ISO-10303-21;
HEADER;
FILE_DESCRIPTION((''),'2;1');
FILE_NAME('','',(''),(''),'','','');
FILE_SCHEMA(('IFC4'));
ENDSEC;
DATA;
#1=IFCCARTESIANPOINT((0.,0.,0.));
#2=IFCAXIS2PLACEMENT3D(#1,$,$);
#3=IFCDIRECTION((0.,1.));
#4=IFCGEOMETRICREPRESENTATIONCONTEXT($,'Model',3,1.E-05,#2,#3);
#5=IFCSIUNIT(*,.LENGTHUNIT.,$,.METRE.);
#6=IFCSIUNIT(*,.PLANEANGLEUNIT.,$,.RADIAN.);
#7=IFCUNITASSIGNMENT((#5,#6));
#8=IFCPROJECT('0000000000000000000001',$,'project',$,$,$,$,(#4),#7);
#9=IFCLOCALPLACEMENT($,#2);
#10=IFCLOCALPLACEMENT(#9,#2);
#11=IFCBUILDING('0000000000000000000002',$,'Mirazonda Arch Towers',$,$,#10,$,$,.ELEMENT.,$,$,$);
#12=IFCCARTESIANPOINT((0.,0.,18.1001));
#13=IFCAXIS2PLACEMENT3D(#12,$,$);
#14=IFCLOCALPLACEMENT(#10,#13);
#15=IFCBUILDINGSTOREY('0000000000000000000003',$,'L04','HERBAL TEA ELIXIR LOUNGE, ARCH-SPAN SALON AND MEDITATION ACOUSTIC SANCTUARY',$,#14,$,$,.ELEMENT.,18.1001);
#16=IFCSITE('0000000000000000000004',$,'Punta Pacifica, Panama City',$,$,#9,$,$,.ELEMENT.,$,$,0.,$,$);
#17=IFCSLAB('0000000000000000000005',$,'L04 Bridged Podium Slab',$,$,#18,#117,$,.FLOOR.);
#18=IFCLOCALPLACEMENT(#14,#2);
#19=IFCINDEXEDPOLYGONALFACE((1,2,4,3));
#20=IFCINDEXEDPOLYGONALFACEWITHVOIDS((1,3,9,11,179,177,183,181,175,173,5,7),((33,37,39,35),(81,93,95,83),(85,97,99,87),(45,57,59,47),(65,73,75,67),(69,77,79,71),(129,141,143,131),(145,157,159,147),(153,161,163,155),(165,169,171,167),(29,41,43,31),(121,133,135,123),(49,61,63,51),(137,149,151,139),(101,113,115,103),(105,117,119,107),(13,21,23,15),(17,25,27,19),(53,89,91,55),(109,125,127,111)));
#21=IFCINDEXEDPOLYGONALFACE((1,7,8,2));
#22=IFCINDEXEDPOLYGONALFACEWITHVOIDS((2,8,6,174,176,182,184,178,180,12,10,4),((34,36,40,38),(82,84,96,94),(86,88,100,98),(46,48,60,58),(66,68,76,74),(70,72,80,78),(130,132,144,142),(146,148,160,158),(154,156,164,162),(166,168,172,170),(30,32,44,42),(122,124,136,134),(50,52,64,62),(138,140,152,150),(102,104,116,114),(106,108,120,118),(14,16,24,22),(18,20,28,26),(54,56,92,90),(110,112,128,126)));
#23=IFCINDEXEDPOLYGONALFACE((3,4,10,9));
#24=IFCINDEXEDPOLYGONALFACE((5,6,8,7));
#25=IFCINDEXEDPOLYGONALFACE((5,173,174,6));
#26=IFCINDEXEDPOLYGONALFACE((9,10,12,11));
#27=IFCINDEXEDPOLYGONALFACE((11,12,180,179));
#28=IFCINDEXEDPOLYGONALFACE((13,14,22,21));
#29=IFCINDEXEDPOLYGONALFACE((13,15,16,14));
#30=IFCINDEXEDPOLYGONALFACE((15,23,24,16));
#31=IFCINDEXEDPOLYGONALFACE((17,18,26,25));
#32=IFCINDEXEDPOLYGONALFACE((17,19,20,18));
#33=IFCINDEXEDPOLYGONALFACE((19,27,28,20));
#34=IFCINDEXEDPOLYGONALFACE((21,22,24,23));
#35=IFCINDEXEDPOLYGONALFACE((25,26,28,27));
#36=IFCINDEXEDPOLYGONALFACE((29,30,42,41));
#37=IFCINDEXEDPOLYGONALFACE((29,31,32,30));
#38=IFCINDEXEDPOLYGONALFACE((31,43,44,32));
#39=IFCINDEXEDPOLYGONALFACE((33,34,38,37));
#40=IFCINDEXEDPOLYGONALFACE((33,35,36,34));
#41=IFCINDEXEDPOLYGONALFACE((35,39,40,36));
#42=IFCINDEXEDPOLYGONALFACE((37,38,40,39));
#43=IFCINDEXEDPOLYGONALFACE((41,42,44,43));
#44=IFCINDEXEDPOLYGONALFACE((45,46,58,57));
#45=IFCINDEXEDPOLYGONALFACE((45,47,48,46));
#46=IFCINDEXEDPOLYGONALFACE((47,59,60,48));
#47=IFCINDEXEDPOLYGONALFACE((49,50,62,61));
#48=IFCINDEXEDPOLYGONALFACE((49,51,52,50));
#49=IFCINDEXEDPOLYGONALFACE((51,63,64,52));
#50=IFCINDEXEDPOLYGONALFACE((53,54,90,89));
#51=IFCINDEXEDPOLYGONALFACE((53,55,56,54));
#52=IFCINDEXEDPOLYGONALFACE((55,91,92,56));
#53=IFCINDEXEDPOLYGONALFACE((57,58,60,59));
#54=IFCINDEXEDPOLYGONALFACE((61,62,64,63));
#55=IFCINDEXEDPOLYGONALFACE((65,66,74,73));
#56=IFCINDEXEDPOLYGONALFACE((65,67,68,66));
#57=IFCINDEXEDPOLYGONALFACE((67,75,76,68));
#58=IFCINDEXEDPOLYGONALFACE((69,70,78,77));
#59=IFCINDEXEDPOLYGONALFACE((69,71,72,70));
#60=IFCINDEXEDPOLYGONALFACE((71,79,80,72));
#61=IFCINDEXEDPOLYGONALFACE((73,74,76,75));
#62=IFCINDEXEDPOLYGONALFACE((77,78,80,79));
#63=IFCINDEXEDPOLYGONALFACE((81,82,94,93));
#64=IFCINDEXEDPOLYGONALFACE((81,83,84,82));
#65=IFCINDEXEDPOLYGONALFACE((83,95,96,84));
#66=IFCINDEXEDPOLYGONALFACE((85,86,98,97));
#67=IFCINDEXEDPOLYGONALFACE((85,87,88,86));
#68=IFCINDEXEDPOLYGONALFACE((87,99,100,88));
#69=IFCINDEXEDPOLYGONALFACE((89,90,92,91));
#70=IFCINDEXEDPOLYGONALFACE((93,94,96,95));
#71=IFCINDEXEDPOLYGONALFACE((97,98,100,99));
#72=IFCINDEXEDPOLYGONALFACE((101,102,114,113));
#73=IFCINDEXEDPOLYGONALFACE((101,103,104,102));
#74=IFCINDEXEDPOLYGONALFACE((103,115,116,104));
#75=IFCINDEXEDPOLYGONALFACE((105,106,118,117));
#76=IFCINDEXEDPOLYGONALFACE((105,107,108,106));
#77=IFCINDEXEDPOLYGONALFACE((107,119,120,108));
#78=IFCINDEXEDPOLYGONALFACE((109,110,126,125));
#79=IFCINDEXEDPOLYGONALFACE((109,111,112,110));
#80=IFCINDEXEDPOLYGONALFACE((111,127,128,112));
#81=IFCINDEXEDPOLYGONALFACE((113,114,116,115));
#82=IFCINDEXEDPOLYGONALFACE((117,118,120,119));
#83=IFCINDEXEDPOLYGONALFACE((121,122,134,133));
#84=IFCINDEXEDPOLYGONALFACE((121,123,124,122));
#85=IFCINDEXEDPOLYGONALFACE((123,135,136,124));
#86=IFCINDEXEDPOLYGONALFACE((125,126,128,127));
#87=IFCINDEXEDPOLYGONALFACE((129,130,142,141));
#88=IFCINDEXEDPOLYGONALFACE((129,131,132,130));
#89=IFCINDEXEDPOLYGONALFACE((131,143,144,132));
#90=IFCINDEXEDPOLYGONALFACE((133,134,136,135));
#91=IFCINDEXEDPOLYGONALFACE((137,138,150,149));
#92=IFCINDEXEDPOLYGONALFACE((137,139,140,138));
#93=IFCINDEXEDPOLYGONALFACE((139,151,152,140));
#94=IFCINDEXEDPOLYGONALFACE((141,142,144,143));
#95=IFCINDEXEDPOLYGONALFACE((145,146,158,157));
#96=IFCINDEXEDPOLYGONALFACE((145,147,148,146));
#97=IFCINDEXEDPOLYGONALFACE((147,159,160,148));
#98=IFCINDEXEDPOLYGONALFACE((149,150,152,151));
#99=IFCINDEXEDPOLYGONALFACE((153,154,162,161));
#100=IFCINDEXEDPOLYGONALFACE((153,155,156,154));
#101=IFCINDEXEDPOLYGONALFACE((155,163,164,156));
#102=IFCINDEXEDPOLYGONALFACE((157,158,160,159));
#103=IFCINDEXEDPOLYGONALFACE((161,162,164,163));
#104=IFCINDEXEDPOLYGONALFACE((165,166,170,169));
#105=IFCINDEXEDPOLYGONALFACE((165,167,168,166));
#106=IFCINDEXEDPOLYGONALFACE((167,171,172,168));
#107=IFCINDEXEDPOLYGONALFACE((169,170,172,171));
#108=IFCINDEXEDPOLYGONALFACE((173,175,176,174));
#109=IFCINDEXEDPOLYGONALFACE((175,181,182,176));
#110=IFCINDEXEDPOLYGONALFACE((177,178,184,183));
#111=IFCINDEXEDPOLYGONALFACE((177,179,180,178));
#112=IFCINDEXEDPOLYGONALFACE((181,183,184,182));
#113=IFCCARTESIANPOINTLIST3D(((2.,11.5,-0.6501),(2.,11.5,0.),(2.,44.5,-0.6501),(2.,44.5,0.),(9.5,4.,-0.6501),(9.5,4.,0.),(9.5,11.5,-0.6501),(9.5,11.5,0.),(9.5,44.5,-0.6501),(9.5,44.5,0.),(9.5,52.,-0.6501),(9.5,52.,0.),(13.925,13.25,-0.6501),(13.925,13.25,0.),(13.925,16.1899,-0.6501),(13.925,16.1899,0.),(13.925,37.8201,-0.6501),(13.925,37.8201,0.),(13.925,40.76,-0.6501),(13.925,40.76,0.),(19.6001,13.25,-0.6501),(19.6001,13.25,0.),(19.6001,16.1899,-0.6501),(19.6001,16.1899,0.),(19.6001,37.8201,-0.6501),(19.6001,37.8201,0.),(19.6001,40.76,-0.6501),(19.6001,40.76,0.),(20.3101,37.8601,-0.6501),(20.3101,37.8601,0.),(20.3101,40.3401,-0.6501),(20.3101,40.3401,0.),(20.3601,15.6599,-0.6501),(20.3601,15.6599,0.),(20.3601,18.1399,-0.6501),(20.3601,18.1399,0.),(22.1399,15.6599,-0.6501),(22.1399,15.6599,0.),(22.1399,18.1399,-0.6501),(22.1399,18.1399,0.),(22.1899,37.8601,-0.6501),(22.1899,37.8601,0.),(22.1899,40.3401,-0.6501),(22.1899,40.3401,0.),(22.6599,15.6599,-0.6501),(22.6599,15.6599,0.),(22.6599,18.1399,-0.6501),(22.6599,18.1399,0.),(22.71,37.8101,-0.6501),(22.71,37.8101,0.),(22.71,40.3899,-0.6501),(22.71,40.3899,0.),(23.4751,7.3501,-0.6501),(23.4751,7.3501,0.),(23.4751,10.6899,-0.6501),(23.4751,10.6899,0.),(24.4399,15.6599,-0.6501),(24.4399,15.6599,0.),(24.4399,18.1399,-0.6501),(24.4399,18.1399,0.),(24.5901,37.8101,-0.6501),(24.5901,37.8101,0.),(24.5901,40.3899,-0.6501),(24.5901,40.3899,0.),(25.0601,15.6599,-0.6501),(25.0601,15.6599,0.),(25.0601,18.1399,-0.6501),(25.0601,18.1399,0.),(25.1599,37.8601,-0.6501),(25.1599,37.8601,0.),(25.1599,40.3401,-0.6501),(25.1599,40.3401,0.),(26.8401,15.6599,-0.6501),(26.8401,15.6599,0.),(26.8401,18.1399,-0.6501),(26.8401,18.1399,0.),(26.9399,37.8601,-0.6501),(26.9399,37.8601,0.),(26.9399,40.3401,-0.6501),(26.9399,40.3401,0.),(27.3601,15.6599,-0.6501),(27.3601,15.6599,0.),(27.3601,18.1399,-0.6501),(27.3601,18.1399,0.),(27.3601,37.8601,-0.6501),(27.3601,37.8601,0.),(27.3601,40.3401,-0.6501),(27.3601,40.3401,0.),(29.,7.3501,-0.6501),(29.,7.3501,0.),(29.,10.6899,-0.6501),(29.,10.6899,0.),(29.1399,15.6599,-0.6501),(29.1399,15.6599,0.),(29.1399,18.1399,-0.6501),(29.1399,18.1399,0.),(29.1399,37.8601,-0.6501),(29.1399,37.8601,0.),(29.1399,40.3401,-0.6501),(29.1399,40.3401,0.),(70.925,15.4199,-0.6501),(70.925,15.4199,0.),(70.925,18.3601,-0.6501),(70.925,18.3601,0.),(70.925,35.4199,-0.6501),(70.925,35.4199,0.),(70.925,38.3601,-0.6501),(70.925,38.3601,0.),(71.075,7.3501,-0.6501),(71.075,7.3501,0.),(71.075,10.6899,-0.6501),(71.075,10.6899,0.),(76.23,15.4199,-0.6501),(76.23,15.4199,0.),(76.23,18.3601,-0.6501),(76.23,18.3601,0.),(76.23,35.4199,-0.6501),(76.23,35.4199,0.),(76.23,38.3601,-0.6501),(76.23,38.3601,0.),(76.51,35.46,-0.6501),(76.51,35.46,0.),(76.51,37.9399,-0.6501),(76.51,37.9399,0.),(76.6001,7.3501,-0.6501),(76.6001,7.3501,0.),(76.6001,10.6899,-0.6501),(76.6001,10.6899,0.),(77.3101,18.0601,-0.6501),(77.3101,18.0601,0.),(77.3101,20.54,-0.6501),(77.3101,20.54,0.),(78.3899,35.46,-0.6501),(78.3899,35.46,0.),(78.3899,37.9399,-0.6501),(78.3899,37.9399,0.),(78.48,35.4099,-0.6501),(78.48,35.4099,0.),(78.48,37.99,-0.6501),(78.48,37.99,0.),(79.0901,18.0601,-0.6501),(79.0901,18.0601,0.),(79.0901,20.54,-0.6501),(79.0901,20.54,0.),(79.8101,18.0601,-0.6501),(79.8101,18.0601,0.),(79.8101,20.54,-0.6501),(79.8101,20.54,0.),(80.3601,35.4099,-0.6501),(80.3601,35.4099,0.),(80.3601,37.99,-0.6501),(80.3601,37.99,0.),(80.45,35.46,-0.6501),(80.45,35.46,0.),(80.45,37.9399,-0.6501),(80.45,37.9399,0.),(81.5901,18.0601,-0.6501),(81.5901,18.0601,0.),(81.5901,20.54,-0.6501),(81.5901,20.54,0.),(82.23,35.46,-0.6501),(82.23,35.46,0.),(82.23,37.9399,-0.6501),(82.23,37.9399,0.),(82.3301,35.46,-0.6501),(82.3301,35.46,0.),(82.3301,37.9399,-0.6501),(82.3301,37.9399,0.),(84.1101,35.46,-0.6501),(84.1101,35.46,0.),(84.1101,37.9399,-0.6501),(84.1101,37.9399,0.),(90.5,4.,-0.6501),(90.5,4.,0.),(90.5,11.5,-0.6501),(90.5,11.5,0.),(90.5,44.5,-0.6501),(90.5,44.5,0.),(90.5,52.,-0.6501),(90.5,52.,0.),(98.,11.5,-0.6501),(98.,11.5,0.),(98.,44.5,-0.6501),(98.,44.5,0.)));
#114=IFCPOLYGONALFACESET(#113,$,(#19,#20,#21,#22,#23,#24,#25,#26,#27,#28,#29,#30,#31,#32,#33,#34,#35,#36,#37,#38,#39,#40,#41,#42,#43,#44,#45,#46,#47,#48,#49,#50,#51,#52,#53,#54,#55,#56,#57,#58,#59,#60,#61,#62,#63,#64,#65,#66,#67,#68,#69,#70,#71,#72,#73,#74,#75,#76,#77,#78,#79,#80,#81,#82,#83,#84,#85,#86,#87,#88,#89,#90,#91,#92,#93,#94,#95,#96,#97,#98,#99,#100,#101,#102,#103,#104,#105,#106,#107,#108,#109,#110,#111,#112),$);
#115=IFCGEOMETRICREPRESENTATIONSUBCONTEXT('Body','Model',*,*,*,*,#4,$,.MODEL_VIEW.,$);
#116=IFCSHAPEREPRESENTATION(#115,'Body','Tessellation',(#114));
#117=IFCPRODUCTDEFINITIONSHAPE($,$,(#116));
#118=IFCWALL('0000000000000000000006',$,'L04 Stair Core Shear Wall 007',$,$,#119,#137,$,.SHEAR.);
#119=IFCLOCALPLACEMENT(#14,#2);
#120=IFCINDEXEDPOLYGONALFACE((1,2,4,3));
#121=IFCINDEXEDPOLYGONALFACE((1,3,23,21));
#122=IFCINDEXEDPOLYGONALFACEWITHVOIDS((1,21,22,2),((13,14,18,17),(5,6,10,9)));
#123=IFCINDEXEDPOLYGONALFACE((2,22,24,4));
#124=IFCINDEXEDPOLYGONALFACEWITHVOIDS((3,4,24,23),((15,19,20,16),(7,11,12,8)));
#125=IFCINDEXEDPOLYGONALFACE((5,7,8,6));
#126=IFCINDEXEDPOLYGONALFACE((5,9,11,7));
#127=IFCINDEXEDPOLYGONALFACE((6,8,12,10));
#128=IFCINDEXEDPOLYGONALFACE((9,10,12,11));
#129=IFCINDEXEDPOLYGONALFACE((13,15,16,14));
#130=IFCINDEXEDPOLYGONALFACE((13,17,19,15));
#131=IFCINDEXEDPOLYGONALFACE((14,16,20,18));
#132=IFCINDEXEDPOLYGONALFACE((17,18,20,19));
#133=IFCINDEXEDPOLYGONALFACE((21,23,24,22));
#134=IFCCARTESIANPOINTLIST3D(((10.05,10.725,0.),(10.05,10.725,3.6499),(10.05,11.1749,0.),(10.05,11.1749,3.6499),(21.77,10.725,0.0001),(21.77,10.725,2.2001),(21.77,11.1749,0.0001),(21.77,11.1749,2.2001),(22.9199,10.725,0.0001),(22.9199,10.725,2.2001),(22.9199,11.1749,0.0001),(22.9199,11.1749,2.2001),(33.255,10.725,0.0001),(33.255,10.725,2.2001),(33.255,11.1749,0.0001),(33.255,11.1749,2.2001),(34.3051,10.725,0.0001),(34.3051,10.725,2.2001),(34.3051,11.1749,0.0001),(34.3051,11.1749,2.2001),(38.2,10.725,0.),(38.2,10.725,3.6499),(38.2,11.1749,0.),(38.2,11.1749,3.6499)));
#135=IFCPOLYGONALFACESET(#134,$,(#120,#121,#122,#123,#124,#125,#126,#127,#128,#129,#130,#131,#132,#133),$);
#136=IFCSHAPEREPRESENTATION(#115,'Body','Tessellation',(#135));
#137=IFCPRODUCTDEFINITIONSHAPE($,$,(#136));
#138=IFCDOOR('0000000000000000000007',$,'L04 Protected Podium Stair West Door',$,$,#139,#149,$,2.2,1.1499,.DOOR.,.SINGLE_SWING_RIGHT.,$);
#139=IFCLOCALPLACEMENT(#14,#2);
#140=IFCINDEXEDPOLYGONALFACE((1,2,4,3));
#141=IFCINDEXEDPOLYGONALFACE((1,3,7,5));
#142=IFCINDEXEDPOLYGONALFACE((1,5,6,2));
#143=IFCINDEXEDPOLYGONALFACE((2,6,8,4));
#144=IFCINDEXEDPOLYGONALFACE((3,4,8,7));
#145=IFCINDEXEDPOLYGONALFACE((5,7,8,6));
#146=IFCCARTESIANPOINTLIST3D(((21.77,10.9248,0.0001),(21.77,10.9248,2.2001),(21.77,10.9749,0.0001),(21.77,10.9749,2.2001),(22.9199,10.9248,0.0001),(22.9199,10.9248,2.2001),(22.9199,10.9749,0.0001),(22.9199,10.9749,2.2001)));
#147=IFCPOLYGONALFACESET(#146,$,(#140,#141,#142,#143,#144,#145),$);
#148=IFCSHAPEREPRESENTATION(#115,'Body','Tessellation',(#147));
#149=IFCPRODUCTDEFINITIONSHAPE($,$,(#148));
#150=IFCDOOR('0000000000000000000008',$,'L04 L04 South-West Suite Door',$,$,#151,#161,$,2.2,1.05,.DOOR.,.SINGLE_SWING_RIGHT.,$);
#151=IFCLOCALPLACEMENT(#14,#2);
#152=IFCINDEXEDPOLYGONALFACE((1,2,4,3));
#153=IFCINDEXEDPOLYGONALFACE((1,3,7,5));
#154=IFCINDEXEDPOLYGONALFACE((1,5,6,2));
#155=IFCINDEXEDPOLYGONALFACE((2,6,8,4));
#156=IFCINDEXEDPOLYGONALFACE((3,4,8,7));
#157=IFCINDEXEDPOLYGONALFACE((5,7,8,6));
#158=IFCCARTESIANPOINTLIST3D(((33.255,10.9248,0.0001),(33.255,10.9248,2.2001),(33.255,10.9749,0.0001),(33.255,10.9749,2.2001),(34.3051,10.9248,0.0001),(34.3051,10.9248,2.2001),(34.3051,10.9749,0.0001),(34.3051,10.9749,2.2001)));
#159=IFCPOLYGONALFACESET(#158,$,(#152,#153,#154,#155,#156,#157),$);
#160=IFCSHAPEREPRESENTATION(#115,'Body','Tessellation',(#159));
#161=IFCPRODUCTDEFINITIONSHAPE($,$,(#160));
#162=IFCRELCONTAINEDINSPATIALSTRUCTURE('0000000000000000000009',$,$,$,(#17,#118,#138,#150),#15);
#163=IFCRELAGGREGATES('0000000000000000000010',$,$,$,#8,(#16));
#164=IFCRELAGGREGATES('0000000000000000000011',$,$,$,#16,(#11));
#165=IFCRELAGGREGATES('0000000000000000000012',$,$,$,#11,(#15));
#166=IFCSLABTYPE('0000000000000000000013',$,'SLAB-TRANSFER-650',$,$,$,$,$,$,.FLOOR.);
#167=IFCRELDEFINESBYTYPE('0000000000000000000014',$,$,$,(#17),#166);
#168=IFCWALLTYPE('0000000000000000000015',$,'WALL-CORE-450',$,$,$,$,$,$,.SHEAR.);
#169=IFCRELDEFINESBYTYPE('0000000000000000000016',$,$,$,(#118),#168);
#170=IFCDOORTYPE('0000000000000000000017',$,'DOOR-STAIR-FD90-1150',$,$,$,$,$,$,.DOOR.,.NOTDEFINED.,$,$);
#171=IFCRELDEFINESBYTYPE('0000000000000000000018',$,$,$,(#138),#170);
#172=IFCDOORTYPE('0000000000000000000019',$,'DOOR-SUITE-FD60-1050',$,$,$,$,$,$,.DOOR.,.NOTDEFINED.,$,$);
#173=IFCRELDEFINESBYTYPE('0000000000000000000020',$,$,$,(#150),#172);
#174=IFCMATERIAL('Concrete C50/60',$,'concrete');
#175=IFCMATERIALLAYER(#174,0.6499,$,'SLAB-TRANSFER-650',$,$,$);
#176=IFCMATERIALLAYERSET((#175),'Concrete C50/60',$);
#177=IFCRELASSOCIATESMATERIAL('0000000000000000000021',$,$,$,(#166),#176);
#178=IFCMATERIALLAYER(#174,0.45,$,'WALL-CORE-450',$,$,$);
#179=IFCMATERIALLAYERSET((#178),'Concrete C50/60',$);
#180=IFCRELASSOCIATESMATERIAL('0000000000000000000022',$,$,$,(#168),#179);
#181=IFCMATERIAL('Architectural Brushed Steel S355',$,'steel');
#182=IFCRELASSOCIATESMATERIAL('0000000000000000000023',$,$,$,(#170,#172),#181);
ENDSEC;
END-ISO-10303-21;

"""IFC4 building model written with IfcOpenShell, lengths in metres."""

from ifc_helpers import new_model, si_unit, direction, frame, frame_2d, origin, place, context, subcontext, project, spatial, polyline, rectangle, outline, extrude, material, layer, layer_set, type_object, element, fill, save


model = new_model("IFC4")

# Units and contexts
model_context = context("Model", 3, precision=1e-05, world=origin(), true_north=direction((0.0, 1.0)))
body_context = subcontext(model_context, "Body", "Model", "MODEL_VIEW")
ifc_project = project(units=[si_unit("LENGTHUNIT", "METRE"), si_unit("PLANEANGLEUNIT", "RADIAN")], contexts=[model_context])

# Site, building, storey
site_placement = place(None, origin())
site = spatial("IfcSite", under=ifc_project, at=site_placement, Name="Punta Pacifica, Panama City", CompositionType="ELEMENT", RefElevation=0.0)
building_placement = place(site_placement, origin())
building = spatial("IfcBuilding", under=site, at=building_placement, Name="Mirazonda Arch Towers", CompositionType="ELEMENT")
storey_placement = place(building_placement, frame((0.0, 0.0, 18.1001)))
storey = spatial("IfcBuildingStorey", under=building, at=storey_placement, Name="L04", Description="HERBAL TEA ELIXIR LOUNGE, ARCH-SPAN SALON AND MEDITATION ACOUSTIC SANCTUARY", CompositionType="ELEMENT", Elevation=18.1001)

# Shared definitions
ifc_material_1 = material(Name="Concrete C50/60", Category="concrete")

# Slab
ifc_layer_1 = layer(ifc_material_1, 0.6499, Name="SLAB-TRANSFER-650")
ifc_layer_set_1 = layer_set([ifc_layer_1], Name="Concrete C50/60")
slab_type_1 = type_object("IfcSlabType", Name="SLAB-TRANSFER-650", PredefinedType="FLOOR", material=ifc_layer_set_1)
slab_1_placement = place(storey_placement, frame((0.0, 0.0, -0.6501)))
element("IfcSlab", 1, at=slab_1_placement, inside=storey, type_object=slab_type_1, Name="L04 Bridged Podium Slab", PredefinedType="FLOOR", context=body_context, shape_type="SweptSolid", body=[
    extrude(outline(polyline([(9.5, 4.0), (90.5, 4.0), (90.5, 11.5), (98.0, 11.5), (98.0, 44.5), (90.5, 44.5), (90.5, 52.0), (9.5, 52.0), (9.5, 44.5), (2.0, 44.5), (2.0, 11.5), (9.5, 11.5), (9.5, 4.0)]), holes=[polyline([(84.1101, 35.46), (82.3301, 35.46), (82.3301, 37.9399), (84.1101, 37.9399), (84.1101, 35.46)]), polyline([(82.23, 37.9399), (82.23, 35.46), (80.45, 35.46), (80.45, 37.9399), (82.23, 37.9399)]), polyline([(81.5901, 18.0601), (79.8101, 18.0601), (79.8101, 20.54), (81.5901, 20.54), (81.5901, 18.0601)]), polyline([(80.3601, 37.99), (80.3601, 35.4099), (78.48, 35.4099), (78.48, 37.99), (80.3601, 37.99)]), polyline([(79.0901, 18.0601), (77.3101, 18.0601), (77.3101, 20.54), (79.0901, 20.54), (79.0901, 18.0601)]), polyline([(78.3899, 37.9399), (78.3899, 35.46), (76.51, 35.46), (76.51, 37.9399), (78.3899, 37.9399)]), polyline([(71.075, 10.6899), (76.6001, 10.6899), (76.6001, 7.3501), (71.075, 7.3501), (71.075, 10.6899)]), polyline([(76.23, 38.3601), (76.23, 35.4199), (70.925, 35.4199), (70.925, 38.3601), (76.23, 38.3601)]), polyline([(70.925, 18.3601), (76.23, 18.3601), (76.23, 15.4199), (70.925, 15.4199), (70.925, 18.3601)]), polyline([(29.1399, 18.1399), (29.1399, 15.6599), (27.3601, 15.6599), (27.3601, 18.1399), (29.1399, 18.1399)]), polyline([(29.1399, 37.8601), (27.3601, 37.8601), (27.3601, 40.3401), (29.1399, 40.3401), (29.1399, 37.8601)]), polyline([(23.4751, 10.6899), (29.0, 10.6899), (29.0, 7.3501), (23.4751, 7.3501), (23.4751, 10.6899)]), polyline([(26.9399, 40.3401), (26.9399, 37.8601), (25.1599, 37.8601), (25.1599, 40.3401), (26.9399, 40.3401)]), polyline([(26.8401, 15.6599), (25.0601, 15.6599), (25.0601, 18.1399), (26.8401, 18.1399), (26.8401, 15.6599)]), polyline([(24.5901, 40.3899), (24.5901, 37.8101), (22.71, 37.8101), (22.71, 40.3899), (24.5901, 40.3899)]), polyline([(24.4399, 15.6599), (22.6599, 15.6599), (22.6599, 18.1399), (24.4399, 18.1399), (24.4399, 15.6599)]), polyline([(22.1899, 40.3401), (22.1899, 37.8601), (20.3101, 37.8601), (20.3101, 40.3401), (22.1899, 40.3401)]), polyline([(22.1399, 18.1399), (22.1399, 15.6599), (20.3601, 15.6599), (20.3601, 18.1399), (22.1399, 18.1399)]), polyline([(19.6001, 40.76), (19.6001, 37.8201), (13.925, 37.8201), (13.925, 40.76), (19.6001, 40.76)]), polyline([(13.925, 16.1899), (19.6001, 16.1899), (19.6001, 13.25), (13.925, 13.25), (13.925, 16.1899)])]), origin(), (0.0, 0.0, 1.0), 0.6501),
])

# Wall, openings, doors
ifc_layer_2 = layer(ifc_material_1, 0.45, Name="WALL-CORE-450")
ifc_layer_set_2 = layer_set([ifc_layer_2], Name="Concrete C50/60")
wall_type_1 = type_object("IfcWallType", Name="WALL-CORE-450", PredefinedType="SHEAR", material=ifc_layer_set_2)
wall_1_placement = place(storey_placement, frame((10.05, 10.95, 0.0), z_axis=(0.0, 0.0, 1.0), x_axis=(1.0, 0.0, 0.0)))
wall_1 = element("IfcWall", 2, at=wall_1_placement, inside=storey, type_object=wall_type_1, Name="L04 Stair Core Shear Wall 007", PredefinedType="SHEAR", context=body_context, shape_type="SweptSolid", body=[
    extrude(rectangle(XDim=28.1499, YDim=0.45, at=frame_2d((14.075, 0.0))), origin(), (0.0, 0.0, 1.0), 3.6499),
])
opening_1_placement = place(wall_1_placement, frame((11.72, 0.0, 0.0)))
opening_1 = element("IfcOpeningElement", 3, at=opening_1_placement, cuts=wall_1, PredefinedType="OPENING", context=body_context, shape_type="SweptSolid", body=[
    extrude(rectangle(XDim=1.1499, YDim=2.2, at=frame_2d((0.575, 1.1001))), frame((0.0, 0.2349, 0.0), z_axis=(0.0, -1.0, 0.0), x_axis=(1.0, 0.0, 0.0)), (0.0, 0.0, 1.0), 0.47),
])
opening_2_placement = place(wall_1_placement, frame((23.2051, 0.0, 0.0)))
opening_2 = element("IfcOpeningElement", 4, at=opening_2_placement, cuts=wall_1, PredefinedType="OPENING", context=body_context, shape_type="SweptSolid", body=[
    extrude(rectangle(XDim=1.05, YDim=2.2, at=frame_2d((0.5249, 1.1001))), frame((0.0, 0.2349, 0.0), z_axis=(0.0, -1.0, 0.0), x_axis=(1.0, 0.0, 0.0)), (0.0, 0.0, 1.0), 0.47),
])
ifc_material_2 = material(Name="Architectural Brushed Steel S355", Category="steel")
door_type_1 = type_object("IfcDoorType", Name="DOOR-STAIR-FD90-1150", OperationType="NOTDEFINED", PredefinedType="DOOR", material=ifc_material_2)
door_1_placement = place(opening_1_placement, origin())
door_1 = element("IfcDoor", 5, at=door_1_placement, inside=storey, type_object=door_type_1, Name="L04 Protected Podium Stair West Door", OperationType="SINGLE_SWING_RIGHT", OverallHeight=2.2, OverallWidth=1.1499, PredefinedType="DOOR", context=body_context, shape_type="SweptSolid", body=[
    extrude(rectangle(XDim=1.1499, YDim=2.2, at=frame_2d((0.575, 1.1001))), frame((0.0, 0.0249, 0.0), z_axis=(0.0, -1.0, 0.0), x_axis=(1.0, 0.0, 0.0)), (0.0, 0.0, 1.0), 0.05),
])
fill(opening_1, door_1)
door_type_2 = type_object("IfcDoorType", Name="DOOR-SUITE-FD60-1050", OperationType="NOTDEFINED", PredefinedType="DOOR", material=ifc_material_2)
door_2_placement = place(opening_2_placement, origin())
door_2 = element("IfcDoor", 6, at=door_2_placement, inside=storey, type_object=door_type_2, Name="L04 L04 South-West Suite Door", OperationType="SINGLE_SWING_RIGHT", OverallHeight=2.2, OverallWidth=1.05, PredefinedType="DOOR", context=body_context, shape_type="SweptSolid", body=[
    extrude(rectangle(XDim=1.05, YDim=2.2, at=frame_2d((0.5249, 1.1001))), frame((0.0, 0.0249, 0.0), z_axis=(0.0, -1.0, 0.0), x_axis=(1.0, 0.0, 0.0)), (0.0, 0.0, 1.0), 0.05),
])
fill(opening_2, door_2)

save(model, "model.ifc")
